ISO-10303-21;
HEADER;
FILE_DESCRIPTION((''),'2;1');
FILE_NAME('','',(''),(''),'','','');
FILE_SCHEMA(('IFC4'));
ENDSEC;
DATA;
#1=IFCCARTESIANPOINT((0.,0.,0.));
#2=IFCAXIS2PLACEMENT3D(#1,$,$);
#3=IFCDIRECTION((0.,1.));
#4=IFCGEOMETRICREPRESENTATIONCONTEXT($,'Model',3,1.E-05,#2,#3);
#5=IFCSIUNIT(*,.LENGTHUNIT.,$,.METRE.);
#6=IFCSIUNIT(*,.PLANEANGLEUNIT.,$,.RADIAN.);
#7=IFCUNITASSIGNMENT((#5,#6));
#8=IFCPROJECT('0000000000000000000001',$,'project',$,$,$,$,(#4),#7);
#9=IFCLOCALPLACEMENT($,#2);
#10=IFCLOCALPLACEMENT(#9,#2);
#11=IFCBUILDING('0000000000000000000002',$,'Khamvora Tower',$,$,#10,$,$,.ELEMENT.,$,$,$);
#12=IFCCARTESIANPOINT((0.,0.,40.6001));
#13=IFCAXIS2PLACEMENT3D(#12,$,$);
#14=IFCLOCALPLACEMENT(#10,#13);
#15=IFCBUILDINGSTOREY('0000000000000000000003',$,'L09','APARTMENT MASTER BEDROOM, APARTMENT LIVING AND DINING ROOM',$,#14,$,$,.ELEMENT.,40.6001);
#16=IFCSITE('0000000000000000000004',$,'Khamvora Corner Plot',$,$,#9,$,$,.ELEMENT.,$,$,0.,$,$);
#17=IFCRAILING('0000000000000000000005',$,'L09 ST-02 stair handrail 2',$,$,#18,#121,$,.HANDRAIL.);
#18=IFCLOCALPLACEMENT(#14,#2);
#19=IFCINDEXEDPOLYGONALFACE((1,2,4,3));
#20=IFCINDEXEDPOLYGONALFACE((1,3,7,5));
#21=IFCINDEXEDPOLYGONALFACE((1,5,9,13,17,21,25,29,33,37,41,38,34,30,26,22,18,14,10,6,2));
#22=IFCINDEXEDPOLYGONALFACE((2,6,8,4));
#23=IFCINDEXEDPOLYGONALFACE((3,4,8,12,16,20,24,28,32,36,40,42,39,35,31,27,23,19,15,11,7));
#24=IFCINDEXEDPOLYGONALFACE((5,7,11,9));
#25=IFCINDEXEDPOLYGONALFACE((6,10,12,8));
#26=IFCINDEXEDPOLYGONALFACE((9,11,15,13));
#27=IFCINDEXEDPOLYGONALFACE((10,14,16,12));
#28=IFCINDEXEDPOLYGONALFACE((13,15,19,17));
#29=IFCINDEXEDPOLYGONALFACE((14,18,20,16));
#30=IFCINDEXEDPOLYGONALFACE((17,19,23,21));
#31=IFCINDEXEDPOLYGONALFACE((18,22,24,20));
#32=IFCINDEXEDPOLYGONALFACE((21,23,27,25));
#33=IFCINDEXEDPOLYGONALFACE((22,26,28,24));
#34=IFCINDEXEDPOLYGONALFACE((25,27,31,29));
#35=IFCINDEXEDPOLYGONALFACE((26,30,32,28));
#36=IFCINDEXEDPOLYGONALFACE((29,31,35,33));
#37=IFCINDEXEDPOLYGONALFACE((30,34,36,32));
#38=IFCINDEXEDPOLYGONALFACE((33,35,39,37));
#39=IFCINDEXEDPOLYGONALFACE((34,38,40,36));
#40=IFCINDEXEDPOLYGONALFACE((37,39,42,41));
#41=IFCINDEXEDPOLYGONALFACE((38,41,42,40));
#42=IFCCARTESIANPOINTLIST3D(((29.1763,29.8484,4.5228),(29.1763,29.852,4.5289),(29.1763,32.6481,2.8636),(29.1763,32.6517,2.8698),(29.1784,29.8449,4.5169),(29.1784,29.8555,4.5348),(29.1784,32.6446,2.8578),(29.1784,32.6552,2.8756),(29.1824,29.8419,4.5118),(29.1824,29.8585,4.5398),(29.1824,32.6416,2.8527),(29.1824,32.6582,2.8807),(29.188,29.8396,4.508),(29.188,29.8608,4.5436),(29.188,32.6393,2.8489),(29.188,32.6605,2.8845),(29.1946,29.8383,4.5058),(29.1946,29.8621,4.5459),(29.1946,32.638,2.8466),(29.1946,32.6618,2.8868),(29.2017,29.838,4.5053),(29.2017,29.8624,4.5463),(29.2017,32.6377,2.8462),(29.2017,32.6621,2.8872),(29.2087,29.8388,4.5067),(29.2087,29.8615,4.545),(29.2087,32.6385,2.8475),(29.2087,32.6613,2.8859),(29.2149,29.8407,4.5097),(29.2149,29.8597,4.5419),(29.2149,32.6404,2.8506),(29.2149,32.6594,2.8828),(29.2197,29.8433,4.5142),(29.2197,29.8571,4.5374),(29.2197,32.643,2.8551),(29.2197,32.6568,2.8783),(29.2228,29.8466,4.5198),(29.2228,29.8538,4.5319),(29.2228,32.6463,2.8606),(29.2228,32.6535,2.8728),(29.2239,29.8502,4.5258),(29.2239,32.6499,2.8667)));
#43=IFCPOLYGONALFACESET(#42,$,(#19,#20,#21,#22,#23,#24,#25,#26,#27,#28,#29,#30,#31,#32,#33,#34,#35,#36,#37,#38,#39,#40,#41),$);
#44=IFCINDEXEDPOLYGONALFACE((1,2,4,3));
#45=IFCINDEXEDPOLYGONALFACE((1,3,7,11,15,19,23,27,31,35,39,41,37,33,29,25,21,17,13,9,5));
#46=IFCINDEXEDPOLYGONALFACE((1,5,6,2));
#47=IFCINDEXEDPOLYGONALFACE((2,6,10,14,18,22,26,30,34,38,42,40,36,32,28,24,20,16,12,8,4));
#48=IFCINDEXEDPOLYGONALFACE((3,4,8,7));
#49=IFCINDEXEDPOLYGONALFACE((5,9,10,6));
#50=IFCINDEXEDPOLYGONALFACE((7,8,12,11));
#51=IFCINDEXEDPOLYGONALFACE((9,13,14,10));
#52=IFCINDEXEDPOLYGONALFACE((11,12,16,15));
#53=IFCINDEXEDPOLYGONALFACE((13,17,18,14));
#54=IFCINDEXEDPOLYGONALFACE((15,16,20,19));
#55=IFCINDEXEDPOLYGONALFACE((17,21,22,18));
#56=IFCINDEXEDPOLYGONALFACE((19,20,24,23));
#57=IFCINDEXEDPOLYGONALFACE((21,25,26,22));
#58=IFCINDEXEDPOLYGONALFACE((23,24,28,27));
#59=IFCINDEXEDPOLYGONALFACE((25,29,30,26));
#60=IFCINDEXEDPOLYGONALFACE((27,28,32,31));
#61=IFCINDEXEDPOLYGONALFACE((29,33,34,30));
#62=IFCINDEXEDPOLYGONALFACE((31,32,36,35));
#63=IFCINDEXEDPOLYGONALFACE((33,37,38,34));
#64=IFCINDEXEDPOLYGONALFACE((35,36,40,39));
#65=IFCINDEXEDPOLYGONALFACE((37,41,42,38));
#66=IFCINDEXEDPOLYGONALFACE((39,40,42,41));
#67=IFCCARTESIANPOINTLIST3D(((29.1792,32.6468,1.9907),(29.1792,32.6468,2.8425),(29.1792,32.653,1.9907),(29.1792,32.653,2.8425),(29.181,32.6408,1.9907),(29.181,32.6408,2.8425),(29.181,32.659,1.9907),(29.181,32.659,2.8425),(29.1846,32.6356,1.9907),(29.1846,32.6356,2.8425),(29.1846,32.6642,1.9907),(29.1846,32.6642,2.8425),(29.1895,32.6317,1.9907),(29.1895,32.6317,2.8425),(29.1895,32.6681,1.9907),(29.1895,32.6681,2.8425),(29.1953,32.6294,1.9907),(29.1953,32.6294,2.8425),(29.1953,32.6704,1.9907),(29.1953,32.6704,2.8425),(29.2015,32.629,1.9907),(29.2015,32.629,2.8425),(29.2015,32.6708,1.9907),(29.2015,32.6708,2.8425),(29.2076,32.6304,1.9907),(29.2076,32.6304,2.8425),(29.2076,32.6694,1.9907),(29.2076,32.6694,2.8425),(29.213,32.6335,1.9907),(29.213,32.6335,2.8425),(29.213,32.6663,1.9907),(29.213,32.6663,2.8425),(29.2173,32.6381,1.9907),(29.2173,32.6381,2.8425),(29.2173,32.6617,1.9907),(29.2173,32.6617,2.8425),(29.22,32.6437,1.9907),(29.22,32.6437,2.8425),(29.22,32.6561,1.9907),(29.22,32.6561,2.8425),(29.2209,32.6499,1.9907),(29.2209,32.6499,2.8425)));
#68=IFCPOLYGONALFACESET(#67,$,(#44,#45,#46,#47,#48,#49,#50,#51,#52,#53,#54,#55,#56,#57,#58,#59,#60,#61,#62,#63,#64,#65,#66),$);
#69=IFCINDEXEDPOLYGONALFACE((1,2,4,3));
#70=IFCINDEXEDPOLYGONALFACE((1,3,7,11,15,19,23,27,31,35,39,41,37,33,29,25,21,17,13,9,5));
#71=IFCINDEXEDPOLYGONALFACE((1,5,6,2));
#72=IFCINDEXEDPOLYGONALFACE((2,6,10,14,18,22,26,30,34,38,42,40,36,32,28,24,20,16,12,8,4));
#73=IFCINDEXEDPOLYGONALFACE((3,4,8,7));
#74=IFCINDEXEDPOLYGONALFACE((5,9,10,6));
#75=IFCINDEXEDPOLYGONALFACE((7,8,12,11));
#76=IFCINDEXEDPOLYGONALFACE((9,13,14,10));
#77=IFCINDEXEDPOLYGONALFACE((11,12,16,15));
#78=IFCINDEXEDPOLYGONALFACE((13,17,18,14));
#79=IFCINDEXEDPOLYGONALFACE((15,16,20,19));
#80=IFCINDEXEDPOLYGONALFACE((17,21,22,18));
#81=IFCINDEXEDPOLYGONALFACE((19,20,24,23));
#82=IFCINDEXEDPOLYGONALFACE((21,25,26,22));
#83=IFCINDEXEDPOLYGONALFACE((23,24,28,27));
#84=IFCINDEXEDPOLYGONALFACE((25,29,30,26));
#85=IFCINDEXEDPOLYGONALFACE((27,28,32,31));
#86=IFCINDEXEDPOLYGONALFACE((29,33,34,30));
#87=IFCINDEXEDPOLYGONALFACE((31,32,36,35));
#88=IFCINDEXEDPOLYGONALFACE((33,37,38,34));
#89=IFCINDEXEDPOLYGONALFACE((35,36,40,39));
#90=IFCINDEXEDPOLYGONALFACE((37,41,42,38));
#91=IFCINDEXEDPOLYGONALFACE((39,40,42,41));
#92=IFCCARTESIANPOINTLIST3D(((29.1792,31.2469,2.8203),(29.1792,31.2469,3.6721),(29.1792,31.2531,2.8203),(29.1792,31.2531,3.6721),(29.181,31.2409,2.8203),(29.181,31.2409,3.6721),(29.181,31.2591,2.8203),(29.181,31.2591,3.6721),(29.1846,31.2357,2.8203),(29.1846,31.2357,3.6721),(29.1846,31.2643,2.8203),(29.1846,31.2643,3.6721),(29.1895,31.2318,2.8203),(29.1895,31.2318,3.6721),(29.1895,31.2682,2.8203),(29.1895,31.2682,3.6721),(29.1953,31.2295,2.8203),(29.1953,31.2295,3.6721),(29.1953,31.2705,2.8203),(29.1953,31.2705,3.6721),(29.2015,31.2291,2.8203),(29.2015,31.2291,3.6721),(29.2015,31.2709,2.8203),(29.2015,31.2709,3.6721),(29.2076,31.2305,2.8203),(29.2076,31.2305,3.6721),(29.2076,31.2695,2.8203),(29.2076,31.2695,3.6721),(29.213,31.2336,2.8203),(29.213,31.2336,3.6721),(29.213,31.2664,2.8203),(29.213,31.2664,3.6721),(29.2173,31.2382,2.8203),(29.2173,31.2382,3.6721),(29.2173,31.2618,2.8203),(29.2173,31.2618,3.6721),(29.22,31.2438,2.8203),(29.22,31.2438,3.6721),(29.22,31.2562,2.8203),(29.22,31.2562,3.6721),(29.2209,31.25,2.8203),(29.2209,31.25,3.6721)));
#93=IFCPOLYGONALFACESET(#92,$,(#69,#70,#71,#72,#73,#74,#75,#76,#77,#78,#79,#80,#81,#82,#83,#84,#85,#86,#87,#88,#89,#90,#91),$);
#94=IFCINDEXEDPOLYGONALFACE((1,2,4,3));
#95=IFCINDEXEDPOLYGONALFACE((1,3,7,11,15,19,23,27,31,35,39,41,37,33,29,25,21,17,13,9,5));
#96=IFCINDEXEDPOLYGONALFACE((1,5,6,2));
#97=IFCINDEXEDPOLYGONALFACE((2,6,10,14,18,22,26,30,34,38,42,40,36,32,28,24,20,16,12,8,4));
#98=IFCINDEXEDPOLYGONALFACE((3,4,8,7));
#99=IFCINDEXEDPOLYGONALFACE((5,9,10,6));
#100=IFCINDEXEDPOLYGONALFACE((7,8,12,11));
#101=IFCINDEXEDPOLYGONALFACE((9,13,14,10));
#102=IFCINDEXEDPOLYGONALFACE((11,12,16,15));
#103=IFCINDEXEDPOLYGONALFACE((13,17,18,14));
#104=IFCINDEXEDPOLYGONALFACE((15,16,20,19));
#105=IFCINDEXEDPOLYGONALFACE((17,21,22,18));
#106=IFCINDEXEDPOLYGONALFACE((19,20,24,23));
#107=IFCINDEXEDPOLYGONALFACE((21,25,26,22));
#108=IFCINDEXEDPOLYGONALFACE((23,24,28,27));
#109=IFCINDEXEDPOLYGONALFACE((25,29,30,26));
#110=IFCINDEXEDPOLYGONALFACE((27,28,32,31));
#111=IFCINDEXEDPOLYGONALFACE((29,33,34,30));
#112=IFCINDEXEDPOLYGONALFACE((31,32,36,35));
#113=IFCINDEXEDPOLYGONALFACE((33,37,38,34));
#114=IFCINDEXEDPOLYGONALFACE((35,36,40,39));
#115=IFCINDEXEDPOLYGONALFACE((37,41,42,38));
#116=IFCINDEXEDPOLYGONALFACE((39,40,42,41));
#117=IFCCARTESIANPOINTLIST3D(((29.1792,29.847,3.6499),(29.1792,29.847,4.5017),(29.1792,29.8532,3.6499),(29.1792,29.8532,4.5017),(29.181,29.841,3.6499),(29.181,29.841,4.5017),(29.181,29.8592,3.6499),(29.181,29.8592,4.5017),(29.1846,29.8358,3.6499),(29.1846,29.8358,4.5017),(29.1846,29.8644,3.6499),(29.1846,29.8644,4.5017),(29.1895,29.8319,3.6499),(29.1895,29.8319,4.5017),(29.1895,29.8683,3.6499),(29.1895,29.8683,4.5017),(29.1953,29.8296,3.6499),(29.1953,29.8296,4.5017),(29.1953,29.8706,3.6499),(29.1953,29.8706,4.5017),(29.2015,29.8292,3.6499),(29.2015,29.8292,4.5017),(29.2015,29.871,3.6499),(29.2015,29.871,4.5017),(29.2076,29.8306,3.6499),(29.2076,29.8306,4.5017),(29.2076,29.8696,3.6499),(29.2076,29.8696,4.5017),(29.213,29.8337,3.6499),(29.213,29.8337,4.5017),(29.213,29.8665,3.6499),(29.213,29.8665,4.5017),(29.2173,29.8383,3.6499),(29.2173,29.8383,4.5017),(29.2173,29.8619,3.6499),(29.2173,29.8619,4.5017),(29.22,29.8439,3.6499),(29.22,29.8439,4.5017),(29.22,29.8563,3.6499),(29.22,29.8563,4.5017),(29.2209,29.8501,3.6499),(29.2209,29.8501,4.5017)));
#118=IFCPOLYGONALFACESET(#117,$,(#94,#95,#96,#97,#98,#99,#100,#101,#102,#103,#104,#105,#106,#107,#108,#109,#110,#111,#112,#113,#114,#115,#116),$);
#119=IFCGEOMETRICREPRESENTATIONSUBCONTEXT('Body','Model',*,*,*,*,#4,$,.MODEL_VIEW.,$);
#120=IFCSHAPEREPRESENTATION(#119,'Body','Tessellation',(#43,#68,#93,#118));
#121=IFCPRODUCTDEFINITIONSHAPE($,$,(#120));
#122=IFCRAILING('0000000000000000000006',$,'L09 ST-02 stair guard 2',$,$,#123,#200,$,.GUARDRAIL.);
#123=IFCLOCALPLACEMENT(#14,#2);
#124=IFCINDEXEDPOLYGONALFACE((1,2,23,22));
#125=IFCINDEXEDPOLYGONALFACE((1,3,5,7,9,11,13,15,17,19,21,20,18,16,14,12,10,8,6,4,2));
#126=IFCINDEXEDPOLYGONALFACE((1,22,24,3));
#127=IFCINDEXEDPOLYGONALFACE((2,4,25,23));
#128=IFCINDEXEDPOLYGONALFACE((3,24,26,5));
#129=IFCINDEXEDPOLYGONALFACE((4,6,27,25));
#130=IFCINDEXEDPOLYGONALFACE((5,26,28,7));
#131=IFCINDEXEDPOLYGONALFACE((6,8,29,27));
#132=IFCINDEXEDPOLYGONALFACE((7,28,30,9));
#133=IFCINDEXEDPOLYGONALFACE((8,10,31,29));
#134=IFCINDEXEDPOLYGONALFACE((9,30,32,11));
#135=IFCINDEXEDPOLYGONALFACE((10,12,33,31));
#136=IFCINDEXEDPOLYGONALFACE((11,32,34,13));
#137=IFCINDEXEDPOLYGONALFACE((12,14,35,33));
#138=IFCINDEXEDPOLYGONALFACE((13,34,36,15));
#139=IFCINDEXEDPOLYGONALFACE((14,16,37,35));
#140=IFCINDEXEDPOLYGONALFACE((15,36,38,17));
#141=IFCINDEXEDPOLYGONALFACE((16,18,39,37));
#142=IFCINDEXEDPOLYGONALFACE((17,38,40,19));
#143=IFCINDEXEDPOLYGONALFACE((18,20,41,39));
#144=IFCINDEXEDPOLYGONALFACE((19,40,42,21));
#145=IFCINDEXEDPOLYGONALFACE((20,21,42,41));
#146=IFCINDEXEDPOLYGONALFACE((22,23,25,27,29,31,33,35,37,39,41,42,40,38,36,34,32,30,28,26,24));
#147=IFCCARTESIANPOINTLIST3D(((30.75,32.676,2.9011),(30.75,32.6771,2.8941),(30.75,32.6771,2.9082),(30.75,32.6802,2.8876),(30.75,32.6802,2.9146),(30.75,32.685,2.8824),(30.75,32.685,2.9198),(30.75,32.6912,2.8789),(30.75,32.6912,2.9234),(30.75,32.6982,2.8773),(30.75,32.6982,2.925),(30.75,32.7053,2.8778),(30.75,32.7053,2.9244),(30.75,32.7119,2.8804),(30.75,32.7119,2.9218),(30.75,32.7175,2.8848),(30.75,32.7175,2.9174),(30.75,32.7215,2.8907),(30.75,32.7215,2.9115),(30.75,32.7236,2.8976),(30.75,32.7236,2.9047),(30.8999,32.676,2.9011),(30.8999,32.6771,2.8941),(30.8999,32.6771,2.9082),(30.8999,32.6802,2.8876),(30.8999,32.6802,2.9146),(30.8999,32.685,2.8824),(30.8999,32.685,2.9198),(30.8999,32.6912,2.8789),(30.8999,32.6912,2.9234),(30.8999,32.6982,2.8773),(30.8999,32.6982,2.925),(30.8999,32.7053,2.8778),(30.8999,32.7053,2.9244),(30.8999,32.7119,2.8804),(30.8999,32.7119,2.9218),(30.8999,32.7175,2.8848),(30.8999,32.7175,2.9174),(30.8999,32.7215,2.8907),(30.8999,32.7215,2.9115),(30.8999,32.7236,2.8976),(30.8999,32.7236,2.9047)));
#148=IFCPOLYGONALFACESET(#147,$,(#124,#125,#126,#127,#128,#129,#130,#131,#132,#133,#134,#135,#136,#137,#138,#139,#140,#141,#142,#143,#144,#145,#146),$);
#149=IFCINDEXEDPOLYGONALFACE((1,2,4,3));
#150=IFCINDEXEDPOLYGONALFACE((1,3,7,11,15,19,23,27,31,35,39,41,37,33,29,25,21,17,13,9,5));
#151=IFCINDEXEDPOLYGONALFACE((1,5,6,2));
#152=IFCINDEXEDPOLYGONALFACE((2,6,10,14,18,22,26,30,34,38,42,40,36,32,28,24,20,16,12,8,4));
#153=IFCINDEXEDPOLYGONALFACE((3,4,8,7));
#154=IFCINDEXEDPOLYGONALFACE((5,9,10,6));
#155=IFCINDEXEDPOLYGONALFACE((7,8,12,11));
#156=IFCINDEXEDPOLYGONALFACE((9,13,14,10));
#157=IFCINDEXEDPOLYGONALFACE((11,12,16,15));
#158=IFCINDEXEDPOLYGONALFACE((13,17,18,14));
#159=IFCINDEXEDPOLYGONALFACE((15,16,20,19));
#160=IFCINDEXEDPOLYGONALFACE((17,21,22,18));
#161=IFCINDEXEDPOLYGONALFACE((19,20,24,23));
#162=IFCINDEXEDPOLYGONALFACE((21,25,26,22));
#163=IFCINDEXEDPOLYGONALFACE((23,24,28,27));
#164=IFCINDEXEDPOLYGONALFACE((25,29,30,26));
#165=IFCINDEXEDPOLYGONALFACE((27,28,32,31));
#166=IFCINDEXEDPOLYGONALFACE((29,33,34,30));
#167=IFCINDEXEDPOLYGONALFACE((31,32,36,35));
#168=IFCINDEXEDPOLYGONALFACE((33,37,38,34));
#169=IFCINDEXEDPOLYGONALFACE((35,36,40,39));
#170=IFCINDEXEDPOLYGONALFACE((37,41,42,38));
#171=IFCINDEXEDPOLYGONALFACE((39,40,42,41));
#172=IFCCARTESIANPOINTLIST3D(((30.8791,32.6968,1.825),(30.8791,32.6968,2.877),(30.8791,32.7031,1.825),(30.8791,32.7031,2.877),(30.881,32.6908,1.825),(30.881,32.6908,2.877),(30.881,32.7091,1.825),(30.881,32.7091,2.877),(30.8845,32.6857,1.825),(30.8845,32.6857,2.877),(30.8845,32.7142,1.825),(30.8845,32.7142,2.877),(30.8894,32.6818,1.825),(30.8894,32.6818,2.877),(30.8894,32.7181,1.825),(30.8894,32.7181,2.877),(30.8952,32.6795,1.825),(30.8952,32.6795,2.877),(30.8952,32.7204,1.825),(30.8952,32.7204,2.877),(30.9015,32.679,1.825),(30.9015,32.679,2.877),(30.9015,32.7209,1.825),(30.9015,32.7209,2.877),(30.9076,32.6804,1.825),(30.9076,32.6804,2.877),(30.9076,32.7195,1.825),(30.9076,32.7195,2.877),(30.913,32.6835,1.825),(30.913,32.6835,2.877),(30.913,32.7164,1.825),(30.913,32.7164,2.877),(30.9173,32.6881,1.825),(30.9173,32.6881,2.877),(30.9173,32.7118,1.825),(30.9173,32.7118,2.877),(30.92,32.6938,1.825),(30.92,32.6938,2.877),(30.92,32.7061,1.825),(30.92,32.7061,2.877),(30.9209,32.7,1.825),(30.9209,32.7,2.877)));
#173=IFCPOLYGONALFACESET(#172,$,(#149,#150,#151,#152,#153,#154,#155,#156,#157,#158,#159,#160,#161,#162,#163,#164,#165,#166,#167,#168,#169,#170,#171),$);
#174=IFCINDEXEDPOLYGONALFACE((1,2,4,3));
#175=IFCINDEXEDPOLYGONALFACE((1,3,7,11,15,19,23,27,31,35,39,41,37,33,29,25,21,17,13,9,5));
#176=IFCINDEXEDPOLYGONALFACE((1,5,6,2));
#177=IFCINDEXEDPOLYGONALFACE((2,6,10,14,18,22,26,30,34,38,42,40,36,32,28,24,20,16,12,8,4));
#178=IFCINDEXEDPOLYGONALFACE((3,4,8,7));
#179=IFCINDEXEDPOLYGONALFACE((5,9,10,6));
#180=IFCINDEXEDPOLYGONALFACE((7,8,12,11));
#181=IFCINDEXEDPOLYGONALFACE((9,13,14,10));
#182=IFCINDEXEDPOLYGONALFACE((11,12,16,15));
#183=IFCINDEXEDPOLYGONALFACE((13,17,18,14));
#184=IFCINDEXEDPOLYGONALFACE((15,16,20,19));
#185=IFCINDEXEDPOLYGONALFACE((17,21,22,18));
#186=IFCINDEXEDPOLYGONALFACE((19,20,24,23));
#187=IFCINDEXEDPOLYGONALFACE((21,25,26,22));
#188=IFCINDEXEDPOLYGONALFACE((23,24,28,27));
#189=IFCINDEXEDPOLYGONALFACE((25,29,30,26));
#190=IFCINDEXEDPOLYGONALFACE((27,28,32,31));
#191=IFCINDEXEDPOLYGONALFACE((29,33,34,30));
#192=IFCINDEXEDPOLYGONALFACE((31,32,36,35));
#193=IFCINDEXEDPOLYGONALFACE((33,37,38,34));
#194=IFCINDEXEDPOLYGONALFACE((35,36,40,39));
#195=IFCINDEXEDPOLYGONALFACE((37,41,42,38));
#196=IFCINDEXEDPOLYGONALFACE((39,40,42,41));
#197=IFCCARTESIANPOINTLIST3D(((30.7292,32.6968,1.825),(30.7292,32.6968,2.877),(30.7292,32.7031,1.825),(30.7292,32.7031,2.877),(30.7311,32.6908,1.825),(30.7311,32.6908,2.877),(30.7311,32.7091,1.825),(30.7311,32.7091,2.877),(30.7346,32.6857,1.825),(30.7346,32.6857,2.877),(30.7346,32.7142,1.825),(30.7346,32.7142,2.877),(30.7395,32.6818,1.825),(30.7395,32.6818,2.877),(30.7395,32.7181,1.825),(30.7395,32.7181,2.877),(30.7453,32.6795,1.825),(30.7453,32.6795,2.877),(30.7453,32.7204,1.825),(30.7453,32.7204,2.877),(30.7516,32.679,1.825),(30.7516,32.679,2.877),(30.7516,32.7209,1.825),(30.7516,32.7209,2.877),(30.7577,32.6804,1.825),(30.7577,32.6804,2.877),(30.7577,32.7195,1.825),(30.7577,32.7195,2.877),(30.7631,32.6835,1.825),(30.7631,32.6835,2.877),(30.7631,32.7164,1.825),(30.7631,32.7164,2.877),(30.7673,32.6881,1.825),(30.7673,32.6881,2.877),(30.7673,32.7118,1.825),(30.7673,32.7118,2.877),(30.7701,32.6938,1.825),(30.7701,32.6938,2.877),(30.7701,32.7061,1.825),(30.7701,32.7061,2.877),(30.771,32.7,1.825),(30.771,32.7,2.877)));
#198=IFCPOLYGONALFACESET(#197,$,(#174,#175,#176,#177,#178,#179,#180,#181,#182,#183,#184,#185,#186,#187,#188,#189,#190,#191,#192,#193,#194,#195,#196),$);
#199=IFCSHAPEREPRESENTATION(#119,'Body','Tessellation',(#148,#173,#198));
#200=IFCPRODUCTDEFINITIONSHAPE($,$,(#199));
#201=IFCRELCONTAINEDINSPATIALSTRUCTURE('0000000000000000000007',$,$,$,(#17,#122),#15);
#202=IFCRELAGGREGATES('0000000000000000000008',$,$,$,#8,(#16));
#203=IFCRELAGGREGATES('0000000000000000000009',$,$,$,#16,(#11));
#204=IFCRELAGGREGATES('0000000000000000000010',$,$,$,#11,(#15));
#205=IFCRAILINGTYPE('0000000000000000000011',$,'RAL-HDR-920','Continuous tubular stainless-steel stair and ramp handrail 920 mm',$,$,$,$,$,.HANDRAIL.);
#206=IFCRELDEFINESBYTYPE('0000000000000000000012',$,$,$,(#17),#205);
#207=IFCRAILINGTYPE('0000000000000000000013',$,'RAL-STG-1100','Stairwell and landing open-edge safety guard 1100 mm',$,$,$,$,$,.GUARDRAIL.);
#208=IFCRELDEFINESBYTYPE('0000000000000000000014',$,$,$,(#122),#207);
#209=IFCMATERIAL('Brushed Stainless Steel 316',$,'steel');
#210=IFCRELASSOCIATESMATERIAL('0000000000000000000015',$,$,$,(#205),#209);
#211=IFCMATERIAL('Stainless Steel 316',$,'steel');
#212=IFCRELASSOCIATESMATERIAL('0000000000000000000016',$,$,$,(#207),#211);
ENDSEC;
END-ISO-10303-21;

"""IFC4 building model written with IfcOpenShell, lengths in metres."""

from ifc_helpers import new_model, si_unit, direction, frame, origin, origin_2d, place, context, subcontext, project, spatial, circle, extrude, material, type_object, element, save


model = new_model("IFC4")

# Units and contexts
model_context = context("Model", 3, precision=1e-05, world=origin(), true_north=direction((0.0, 1.0)))
body_context = subcontext(model_context, "Body", "Model", "MODEL_VIEW")
ifc_project = project(units=[si_unit("LENGTHUNIT", "METRE"), si_unit("PLANEANGLEUNIT", "RADIAN")], contexts=[model_context])

# Site, building, storey
site_placement = place(None, origin())
site = spatial("IfcSite", under=ifc_project, at=site_placement, Name="Khamvora Corner Plot", CompositionType="ELEMENT", RefElevation=0.0)
building_placement = place(site_placement, origin())
building = spatial("IfcBuilding", under=site, at=building_placement, Name="Khamvora Tower", CompositionType="ELEMENT")
storey_placement = place(building_placement, frame((0.0, 0.0, 40.6001)))
storey = spatial("IfcBuildingStorey", under=building, at=storey_placement, Name="L09", Description="APARTMENT MASTER BEDROOM, APARTMENT LIVING AND DINING ROOM", CompositionType="ELEMENT", Elevation=40.6001)

# Railings
ifc_material_1 = material(Name="Brushed Stainless Steel 316", Category="steel")
railing_type_1 = type_object("IfcRailingType", Name="RAL-HDR-920", Description="Continuous tubular stainless-steel stair and ramp handrail 920 mm", PredefinedType="HANDRAIL", material=ifc_material_1)
railing_1_placement = place(storey_placement, frame((29.2, 32.6499, 1.9907)))
element("IfcRailing", 1, at=railing_1_placement, inside=storey, type_object=railing_type_1, Name="L09 ST-02 stair handrail 2", PredefinedType="HANDRAIL", context=body_context, shape_type="SweptSolid", body=[
    extrude(circle(Radius=0.0239, at=origin_2d()), frame((0.0, 0.0, 0.876), z_axis=(0.0, -0.860287, 0.509811), x_axis=(1.0, 0.0, 0.0)), (0.0, 0.0, 1.0), 3.2544),
    extrude(circle(Radius=0.021, at=origin_2d()), origin(), (0.0, 0.0, 1.0), 0.8518),
    extrude(circle(Radius=0.021, at=origin_2d()), frame((0.0, -1.3999, 0.8296)), (0.0, 0.0, 1.0), 0.8518),
    extrude(circle(Radius=0.021, at=origin_2d()), frame((0.0, -2.7998, 1.6592)), (0.0, 0.0, 1.0), 0.8518),
])
ifc_material_2 = material(Name="Stainless Steel 316", Category="steel")
railing_type_2 = type_object("IfcRailingType", Name="RAL-STG-1100", Description="Stairwell and landing open-edge safety guard 1100 mm", PredefinedType="GUARDRAIL", material=ifc_material_2)
railing_2_placement = place(storey_placement, frame((30.8999, 32.7, 1.825)))
element("IfcRailing", 2, at=railing_2_placement, inside=storey, type_object=railing_type_2, Name="L09 ST-02 stair guard 2", PredefinedType="GUARDRAIL", context=body_context, shape_type="SweptSolid", body=[
    extrude(circle(Radius=0.0239, at=origin_2d()), frame((0.0, 0.0, 1.0762), z_axis=(-1.0, 0.0, 0.0), x_axis=(0.0, -1.0, 0.0)), (0.0, 0.0, 1.0), 0.1499),
    extrude(circle(Radius=0.021, at=origin_2d()), origin(), (0.0, 0.0, 1.0), 1.052),
    extrude(circle(Radius=0.021, at=origin_2d()), frame((-0.1499, 0.0, 0.0)), (0.0, 0.0, 1.0), 1.052),
])

save(model, "model.ifc")
